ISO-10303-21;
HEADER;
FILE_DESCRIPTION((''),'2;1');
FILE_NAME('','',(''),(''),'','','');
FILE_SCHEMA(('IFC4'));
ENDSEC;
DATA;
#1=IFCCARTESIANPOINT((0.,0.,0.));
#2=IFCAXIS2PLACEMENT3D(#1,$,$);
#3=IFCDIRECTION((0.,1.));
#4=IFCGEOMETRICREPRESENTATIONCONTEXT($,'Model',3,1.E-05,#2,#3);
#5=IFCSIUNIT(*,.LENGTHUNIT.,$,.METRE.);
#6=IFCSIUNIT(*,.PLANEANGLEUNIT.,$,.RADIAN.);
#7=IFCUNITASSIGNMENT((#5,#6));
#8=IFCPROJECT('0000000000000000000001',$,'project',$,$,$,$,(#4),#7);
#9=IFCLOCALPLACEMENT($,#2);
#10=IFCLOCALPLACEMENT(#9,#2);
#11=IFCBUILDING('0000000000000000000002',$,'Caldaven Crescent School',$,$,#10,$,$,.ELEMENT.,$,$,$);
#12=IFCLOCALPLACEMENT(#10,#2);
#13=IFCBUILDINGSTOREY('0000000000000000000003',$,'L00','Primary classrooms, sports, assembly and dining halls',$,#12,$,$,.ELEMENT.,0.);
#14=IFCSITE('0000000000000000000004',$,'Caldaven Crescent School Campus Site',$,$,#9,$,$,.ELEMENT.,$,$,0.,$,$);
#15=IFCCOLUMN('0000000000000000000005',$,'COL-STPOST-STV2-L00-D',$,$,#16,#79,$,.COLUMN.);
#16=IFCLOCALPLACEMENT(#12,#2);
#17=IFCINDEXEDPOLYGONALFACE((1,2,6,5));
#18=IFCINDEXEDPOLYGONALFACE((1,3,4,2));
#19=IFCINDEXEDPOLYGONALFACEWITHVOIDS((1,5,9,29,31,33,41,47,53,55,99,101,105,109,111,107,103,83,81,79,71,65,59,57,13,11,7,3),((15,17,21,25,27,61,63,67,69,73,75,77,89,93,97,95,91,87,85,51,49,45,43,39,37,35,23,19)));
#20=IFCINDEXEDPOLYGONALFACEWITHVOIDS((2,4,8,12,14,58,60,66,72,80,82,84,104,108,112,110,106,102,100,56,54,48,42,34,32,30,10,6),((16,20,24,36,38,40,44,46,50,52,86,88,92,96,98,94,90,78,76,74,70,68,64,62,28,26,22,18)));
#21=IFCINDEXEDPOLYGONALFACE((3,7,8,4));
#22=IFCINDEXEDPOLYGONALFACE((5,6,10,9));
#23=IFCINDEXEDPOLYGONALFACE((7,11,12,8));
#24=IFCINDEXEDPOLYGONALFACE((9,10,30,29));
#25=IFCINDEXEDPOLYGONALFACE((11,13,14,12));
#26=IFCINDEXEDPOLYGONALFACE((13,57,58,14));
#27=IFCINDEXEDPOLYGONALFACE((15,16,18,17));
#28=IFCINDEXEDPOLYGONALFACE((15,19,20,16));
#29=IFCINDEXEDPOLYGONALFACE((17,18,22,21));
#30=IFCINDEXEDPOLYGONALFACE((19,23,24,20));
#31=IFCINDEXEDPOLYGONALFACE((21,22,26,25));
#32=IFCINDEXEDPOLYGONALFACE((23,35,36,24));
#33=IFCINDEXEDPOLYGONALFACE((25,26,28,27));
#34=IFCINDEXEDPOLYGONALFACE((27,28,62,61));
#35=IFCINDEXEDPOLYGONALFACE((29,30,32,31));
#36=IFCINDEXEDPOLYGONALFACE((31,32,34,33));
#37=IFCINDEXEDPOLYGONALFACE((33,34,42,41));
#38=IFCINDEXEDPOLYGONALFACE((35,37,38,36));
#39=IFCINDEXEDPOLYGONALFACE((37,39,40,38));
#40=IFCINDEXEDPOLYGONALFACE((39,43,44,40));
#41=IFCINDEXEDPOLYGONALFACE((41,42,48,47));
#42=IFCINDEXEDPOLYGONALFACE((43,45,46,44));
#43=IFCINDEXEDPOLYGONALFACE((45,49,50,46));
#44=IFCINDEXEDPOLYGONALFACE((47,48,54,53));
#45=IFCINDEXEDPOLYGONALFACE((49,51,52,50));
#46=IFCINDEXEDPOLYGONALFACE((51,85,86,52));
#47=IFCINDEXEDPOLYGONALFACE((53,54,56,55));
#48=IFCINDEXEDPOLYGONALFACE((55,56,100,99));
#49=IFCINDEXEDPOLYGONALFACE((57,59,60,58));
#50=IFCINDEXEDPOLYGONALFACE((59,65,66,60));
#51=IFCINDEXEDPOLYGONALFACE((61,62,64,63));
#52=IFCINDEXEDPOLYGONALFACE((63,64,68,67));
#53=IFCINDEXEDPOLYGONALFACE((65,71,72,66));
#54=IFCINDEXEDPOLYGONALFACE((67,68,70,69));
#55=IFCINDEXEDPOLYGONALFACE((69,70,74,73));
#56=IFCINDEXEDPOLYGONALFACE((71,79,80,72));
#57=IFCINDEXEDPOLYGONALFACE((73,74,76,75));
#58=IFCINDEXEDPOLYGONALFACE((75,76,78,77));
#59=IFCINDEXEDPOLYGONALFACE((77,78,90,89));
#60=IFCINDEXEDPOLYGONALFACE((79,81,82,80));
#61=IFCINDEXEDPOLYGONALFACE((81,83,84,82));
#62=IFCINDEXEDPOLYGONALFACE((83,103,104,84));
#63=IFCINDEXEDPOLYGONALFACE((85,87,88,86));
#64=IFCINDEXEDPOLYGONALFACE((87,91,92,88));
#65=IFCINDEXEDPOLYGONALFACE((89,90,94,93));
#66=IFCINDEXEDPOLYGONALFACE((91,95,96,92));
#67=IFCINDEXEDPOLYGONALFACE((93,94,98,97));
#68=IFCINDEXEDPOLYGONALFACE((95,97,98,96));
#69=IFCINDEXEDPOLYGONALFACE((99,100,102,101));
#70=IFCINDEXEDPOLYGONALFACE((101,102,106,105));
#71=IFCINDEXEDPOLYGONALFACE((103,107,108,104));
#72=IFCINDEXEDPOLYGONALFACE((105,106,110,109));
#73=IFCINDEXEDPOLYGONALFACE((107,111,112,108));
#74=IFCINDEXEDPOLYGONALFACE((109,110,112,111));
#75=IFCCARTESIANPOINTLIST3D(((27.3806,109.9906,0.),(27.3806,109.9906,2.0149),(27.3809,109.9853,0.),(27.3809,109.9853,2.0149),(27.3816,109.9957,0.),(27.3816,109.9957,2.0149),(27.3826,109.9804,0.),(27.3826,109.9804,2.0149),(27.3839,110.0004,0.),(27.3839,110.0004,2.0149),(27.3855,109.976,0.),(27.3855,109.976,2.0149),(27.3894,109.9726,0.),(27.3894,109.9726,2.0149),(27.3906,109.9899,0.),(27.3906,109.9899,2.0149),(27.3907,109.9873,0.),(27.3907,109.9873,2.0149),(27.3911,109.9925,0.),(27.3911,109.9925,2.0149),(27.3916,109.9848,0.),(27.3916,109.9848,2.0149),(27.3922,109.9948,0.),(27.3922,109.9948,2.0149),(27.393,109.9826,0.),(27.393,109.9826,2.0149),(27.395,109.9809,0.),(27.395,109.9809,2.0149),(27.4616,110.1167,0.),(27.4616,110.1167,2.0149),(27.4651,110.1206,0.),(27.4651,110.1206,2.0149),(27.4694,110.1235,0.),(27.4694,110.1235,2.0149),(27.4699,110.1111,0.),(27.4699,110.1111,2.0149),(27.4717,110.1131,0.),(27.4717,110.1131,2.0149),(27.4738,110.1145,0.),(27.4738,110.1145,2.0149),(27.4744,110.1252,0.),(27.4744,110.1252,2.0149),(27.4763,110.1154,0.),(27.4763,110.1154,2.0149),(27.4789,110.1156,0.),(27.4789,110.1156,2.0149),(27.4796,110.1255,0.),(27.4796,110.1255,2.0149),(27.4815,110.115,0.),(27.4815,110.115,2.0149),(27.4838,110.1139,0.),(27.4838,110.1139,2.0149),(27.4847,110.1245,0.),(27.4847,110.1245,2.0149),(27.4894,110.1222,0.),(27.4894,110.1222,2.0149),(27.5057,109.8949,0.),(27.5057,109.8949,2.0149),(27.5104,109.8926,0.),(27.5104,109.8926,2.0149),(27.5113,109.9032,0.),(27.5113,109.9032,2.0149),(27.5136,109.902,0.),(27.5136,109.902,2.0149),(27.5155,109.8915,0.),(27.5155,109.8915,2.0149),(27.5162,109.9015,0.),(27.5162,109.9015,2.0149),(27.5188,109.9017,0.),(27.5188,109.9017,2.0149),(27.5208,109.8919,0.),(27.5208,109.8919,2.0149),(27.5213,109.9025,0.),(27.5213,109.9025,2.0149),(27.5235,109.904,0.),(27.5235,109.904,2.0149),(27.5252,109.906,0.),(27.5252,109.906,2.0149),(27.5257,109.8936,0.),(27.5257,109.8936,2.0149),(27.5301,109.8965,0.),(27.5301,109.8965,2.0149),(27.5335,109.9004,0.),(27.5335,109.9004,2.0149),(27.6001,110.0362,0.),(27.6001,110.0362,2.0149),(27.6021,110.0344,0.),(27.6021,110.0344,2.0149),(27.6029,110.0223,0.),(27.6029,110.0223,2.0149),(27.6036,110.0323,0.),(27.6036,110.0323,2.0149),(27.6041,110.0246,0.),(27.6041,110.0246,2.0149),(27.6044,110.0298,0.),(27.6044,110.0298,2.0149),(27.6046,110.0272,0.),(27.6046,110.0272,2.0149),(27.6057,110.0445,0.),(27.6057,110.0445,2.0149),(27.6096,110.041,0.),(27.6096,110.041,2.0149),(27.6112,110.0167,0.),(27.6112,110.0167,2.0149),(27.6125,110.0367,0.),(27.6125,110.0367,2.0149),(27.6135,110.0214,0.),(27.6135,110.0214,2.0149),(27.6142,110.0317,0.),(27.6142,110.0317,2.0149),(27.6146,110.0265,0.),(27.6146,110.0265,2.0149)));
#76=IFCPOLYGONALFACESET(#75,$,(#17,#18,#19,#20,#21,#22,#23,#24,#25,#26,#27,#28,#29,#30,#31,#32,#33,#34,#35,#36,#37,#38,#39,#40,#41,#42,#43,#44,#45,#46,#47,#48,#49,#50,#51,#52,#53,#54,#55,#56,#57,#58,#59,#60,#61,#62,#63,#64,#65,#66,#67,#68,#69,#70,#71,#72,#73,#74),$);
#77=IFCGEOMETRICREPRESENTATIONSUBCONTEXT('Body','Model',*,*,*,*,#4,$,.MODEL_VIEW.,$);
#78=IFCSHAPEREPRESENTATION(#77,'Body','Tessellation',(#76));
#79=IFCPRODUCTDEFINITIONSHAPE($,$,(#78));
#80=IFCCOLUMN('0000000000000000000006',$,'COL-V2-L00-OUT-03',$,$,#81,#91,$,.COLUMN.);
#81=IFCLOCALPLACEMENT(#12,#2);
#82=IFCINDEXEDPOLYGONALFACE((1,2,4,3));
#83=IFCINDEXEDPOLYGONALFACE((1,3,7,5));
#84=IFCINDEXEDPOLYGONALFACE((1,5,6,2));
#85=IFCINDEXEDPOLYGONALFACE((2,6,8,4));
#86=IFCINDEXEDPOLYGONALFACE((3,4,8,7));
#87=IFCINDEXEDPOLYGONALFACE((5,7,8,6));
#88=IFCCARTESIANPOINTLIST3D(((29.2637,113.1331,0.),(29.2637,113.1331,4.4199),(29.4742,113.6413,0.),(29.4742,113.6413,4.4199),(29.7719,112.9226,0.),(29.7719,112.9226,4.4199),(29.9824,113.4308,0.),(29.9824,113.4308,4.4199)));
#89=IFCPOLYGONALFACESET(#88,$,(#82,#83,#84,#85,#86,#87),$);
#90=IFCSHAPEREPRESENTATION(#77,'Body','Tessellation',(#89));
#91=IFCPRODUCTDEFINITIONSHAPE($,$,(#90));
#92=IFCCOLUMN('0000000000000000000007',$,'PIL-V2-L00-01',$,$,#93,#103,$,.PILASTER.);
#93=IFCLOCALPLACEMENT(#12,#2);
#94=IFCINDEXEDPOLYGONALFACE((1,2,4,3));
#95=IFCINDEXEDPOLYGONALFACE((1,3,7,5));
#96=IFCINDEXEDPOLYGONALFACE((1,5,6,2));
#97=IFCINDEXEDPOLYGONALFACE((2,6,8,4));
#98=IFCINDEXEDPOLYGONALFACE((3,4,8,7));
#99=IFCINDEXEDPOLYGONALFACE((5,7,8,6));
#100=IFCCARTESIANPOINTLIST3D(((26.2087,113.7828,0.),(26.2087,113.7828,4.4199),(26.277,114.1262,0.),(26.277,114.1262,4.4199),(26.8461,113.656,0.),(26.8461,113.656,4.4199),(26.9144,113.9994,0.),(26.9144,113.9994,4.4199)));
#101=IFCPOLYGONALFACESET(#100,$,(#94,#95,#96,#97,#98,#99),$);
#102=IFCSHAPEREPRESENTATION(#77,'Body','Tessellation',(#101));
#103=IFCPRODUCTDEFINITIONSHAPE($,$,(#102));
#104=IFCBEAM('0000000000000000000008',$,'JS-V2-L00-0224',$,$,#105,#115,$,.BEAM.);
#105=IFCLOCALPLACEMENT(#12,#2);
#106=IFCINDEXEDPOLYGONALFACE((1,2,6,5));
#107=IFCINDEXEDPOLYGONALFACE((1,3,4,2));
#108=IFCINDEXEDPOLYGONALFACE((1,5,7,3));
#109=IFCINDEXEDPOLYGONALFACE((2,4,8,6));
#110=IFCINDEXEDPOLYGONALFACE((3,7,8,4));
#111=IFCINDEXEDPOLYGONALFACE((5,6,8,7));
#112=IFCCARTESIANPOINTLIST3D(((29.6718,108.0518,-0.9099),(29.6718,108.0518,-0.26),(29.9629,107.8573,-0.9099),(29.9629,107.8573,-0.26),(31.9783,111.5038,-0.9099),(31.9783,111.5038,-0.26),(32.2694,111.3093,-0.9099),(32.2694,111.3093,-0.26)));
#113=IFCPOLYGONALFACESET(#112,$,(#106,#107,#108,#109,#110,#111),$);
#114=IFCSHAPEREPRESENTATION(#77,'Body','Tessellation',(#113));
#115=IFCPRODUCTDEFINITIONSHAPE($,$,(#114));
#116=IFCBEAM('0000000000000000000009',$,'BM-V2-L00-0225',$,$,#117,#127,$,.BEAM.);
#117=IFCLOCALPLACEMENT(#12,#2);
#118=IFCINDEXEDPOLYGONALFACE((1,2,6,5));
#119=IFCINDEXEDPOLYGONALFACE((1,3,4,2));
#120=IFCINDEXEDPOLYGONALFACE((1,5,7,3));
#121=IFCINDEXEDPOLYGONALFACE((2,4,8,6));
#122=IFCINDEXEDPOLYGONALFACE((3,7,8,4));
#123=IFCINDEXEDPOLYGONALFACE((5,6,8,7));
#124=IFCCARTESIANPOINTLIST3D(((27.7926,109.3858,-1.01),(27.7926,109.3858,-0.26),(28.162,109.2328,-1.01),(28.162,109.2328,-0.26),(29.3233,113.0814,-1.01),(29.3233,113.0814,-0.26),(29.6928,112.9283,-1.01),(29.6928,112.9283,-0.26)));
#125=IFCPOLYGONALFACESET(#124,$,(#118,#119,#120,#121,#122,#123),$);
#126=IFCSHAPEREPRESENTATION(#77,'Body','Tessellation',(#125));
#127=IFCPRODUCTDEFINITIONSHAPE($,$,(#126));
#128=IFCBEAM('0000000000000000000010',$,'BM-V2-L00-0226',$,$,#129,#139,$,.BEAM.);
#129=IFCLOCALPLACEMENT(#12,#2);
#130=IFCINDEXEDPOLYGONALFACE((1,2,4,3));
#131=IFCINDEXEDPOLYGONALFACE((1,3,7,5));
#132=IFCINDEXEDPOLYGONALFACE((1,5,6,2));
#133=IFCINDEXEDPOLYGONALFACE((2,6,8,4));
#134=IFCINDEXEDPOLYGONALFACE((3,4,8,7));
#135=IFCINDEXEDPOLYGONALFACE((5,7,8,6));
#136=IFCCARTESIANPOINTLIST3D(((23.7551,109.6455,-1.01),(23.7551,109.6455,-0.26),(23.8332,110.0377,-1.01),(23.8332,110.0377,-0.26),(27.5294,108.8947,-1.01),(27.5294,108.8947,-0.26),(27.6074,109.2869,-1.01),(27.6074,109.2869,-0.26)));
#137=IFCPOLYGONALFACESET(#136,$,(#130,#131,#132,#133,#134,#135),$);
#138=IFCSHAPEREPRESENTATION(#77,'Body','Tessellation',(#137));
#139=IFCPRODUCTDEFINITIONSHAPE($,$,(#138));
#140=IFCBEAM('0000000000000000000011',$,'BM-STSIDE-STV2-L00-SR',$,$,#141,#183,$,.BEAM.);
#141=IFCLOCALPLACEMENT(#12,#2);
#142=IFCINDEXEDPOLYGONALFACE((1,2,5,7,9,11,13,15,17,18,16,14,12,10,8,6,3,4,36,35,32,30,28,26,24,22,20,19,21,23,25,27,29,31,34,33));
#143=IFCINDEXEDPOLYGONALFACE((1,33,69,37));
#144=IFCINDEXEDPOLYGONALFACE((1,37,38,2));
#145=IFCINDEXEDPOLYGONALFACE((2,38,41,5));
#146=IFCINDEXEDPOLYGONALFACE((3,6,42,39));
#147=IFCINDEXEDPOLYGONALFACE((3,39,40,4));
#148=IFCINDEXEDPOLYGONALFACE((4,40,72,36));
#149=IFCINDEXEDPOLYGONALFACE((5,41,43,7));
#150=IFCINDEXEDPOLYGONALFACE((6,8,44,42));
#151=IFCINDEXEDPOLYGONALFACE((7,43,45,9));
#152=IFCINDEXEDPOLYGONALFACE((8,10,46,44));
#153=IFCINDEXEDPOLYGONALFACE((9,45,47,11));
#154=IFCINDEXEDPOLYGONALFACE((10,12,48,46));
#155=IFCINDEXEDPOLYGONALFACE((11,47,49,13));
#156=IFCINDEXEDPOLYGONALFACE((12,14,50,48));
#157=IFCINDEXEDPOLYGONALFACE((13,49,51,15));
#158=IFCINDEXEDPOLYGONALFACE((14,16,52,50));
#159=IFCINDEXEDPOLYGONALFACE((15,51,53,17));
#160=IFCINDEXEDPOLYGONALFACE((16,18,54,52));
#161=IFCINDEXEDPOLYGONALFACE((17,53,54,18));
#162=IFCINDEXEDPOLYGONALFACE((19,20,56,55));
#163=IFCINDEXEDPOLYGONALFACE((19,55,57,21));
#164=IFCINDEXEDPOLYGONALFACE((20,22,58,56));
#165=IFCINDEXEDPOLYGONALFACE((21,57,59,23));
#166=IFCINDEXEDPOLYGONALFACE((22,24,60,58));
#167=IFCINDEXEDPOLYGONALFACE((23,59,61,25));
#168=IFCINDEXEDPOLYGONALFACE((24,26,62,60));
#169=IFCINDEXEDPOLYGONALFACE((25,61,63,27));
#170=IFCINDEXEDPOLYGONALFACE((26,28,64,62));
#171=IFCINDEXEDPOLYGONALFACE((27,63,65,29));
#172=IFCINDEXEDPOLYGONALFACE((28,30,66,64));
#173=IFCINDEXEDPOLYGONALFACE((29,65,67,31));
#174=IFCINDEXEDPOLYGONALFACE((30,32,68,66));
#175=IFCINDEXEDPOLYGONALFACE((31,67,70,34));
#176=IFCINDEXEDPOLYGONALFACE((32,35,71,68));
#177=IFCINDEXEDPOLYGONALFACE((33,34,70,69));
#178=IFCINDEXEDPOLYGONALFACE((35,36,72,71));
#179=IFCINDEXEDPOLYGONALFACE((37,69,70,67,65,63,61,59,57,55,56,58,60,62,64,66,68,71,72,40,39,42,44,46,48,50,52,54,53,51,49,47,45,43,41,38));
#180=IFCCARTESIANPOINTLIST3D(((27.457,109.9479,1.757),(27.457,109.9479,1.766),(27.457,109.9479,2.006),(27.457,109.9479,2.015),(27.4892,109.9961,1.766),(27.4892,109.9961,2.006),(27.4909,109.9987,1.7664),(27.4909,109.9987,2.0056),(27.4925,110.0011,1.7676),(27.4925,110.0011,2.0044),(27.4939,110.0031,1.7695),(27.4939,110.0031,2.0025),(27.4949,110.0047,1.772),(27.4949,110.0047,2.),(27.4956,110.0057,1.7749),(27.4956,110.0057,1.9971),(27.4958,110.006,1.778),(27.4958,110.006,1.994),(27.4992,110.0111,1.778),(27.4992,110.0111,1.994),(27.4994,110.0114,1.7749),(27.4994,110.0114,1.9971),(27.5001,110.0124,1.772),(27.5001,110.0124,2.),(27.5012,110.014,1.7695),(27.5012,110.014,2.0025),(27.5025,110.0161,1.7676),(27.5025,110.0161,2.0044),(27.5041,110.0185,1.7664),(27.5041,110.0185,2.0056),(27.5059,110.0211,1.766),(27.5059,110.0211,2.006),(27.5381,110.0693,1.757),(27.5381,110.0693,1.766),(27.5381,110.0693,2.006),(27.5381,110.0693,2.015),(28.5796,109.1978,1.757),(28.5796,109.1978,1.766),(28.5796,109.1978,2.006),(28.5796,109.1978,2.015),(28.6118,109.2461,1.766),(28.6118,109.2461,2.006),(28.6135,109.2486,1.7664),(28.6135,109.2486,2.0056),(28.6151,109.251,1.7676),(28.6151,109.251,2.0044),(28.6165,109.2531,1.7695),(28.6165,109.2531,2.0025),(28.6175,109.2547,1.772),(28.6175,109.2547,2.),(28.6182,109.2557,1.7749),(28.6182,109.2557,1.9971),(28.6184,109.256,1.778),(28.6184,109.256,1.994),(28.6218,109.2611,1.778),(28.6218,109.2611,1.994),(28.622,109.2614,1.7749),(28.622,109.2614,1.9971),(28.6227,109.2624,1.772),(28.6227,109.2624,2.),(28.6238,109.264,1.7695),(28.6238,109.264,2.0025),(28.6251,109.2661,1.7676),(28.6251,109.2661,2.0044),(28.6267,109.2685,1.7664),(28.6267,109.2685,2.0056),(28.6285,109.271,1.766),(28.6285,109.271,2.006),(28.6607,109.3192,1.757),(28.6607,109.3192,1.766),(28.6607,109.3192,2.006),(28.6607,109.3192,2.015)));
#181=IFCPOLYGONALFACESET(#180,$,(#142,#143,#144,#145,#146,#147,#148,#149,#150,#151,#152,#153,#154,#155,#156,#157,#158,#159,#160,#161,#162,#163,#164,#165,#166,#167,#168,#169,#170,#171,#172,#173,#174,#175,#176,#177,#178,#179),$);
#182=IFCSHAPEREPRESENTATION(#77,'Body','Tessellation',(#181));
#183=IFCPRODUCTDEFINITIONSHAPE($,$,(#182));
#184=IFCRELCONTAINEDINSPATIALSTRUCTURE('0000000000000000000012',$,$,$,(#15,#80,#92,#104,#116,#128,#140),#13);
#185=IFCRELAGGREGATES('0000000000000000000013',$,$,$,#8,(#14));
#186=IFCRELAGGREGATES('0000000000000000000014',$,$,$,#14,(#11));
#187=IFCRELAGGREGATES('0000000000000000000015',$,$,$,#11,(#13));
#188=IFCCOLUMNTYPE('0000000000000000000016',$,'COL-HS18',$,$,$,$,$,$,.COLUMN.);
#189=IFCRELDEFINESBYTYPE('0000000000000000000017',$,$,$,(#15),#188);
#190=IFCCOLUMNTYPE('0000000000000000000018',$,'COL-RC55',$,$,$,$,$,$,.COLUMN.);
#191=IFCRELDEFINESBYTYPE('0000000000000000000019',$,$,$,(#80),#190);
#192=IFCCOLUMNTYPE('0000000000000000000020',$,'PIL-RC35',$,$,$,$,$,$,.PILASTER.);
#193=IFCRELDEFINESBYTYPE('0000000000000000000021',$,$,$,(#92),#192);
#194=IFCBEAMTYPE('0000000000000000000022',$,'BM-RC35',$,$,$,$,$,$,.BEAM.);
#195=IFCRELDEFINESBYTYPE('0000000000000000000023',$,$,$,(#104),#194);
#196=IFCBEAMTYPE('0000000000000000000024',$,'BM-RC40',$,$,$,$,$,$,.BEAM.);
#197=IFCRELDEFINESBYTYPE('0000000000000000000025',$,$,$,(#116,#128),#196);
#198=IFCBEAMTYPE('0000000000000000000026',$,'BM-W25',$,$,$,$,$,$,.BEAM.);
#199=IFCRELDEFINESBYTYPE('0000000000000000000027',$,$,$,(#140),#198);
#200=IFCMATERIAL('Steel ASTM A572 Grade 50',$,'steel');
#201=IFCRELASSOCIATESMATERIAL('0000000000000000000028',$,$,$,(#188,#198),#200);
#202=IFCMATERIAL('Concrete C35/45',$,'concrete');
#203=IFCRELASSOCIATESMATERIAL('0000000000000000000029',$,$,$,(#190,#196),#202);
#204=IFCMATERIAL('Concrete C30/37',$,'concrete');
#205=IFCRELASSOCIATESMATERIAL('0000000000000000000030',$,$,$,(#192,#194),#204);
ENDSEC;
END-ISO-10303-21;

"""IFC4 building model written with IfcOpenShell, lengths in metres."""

from ifc_helpers import new_model, si_unit, direction, frame, origin, origin_2d, place, context, subcontext, project, spatial, rectangle, hollow_rectangle, i_section, extrude, material, material_profile, profile_set, type_object, element, save


model = new_model("IFC4")

# Units and contexts
model_context = context("Model", 3, precision=1e-05, world=origin(), true_north=direction((0.0, 1.0)))
body_context = subcontext(model_context, "Body", "Model", "MODEL_VIEW")
ifc_project = project(units=[si_unit("LENGTHUNIT", "METRE"), si_unit("PLANEANGLEUNIT", "RADIAN")], contexts=[model_context])

# Site, building, storey
site_placement = place(None, origin())
site = spatial("IfcSite", under=ifc_project, at=site_placement, Name="Caldaven Crescent School Campus Site", CompositionType="ELEMENT", RefElevation=0.0)
building_placement = place(site_placement, origin())
building = spatial("IfcBuilding", under=site, at=building_placement, Name="Caldaven Crescent School", CompositionType="ELEMENT")
storey_placement = place(building_placement, origin())
storey = spatial("IfcBuildingStorey", under=building, at=storey_placement, Name="L00", Description="Primary classrooms, sports, assembly and dining halls", CompositionType="ELEMENT", Elevation=0.0)

# Columns
ifc_material_1 = material(Name="Steel ASTM A572 Grade 50", Category="steel")
ifc_material_profile_1 = material_profile(ifc_material_1, hollow_rectangle(XDim=0.1799, YDim=0.1799, WallThickness=0.01, InnerFilletRadius=0.01, OuterFilletRadius=0.02, at=origin_2d()), Name="HSS 180x180x10")
ifc_profile_set_1 = profile_set([ifc_material_profile_1], Name="Steel ASTM A572 Grade 50")
column_type_1 = type_object("IfcColumnType", Name="COL-HS18", PredefinedType="COLUMN", material=ifc_profile_set_1)
for number, where, z_axis, x_axis, name in (
    (1, (27.4976, 110.0085, 0.0), (0.0, 0.0, 1.0), (-0.83147, 0.55557, 0.0), "COL-STPOST-STV2-L00-D"),
):
    element("IfcColumn", number, at=place(storey_placement, frame(where, z_axis=z_axis, x_axis=x_axis)), inside=storey, type_object=column_type_1, Name=name, PredefinedType="COLUMN", context=body_context, shape_type="SweptSolid", body=[
        extrude(hollow_rectangle(XDim=0.1799, YDim=0.1799, WallThickness=0.01, InnerFilletRadius=0.01, OuterFilletRadius=0.02, at=origin_2d()), origin(), (0.0, 0.0, 1.0), 2.0149),
    ])
ifc_material_2 = material(Name="Concrete C35/45", Category="concrete")
ifc_material_profile_2 = material_profile(ifc_material_2, rectangle(XDim=0.55, YDim=0.55, at=origin_2d()), Name="RC 550x550")
ifc_profile_set_2 = profile_set([ifc_material_profile_2], Name="Concrete C35/45")
column_type_2 = type_object("IfcColumnType", Name="COL-RC55", PredefinedType="COLUMN", material=ifc_profile_set_2)
column_1_placement = place(storey_placement, frame((29.623, 113.282, 0.0), z_axis=(0.0, 0.0, 1.0), x_axis=(0.382683, 0.92388, 0.0)))
element("IfcColumn", 2, at=column_1_placement, inside=storey, type_object=column_type_2, Name="COL-V2-L00-OUT-03", PredefinedType="COLUMN", context=body_context, shape_type="SweptSolid", body=[
    extrude(rectangle(XDim=0.55, YDim=0.55, at=origin_2d()), origin(), (0.0, 0.0, 1.0), 4.4199),
])
ifc_material_3 = material(Name="Concrete C30/37", Category="concrete")
ifc_material_profile_3 = material_profile(ifc_material_3, rectangle(XDim=0.3501, YDim=0.6499, at=origin_2d()), Name="RC 350x650")
ifc_profile_set_3 = profile_set([ifc_material_profile_3], Name="Concrete C30/37")
column_type_3 = type_object("IfcColumnType", Name="PIL-RC35", PredefinedType="PILASTER", material=ifc_profile_set_3)
column_2_placement = place(storey_placement, frame((26.5615, 113.8911, 0.0), z_axis=(0.0, 0.0, 1.0), x_axis=(0.19509, 0.980785, 0.0)))
element("IfcColumn", 3, at=column_2_placement, inside=storey, type_object=column_type_3, Name="PIL-V2-L00-01", PredefinedType="PILASTER", context=body_context, shape_type="SweptSolid", body=[
    extrude(rectangle(XDim=0.3501, YDim=0.6499, at=origin_2d()), origin(), (0.0, 0.0, 1.0), 4.4199),
])

# Beams
ifc_material_profile_4 = material_profile(ifc_material_3, rectangle(XDim=0.3501, YDim=0.6499, at=origin_2d()), Name="RC 350x650")
ifc_profile_set_4 = profile_set([ifc_material_profile_4], Name="Concrete C30/37")
beam_type_1 = type_object("IfcBeamType", Name="BM-RC35", PredefinedType="BEAM", material=ifc_profile_set_4)
beam_1_placement = place(storey_placement, frame((29.8174, 107.9546, -0.585), z_axis=(0.555555, 0.83148, 0.0), x_axis=(-0.83148, 0.555555, 0.0)))
element("IfcBeam", 4, at=beam_1_placement, inside=storey, type_object=beam_type_1, Name="JS-V2-L00-0224", PredefinedType="BEAM", context=body_context, shape_type="SweptSolid", body=[
    extrude(rectangle(XDim=0.3501, YDim=0.6499, at=origin_2d()), origin(), (0.0, 0.0, 1.0), 4.1516),
])
ifc_material_profile_5 = material_profile(ifc_material_2, rectangle(XDim=0.3999, YDim=0.75, at=origin_2d()), Name="RC 400x750")
ifc_profile_set_5 = profile_set([ifc_material_profile_5], Name="Concrete C35/45")
beam_type_2 = type_object("IfcBeamType", Name="BM-RC40", PredefinedType="BEAM", material=ifc_profile_set_5)
beam_2_placement = place(storey_placement, frame((27.9773, 109.3093, -0.635), z_axis=(0.382686, 0.923878, 0.0), x_axis=(-0.923878, 0.382686, 0.0)))
element("IfcBeam", 5, at=beam_2_placement, inside=storey, type_object=beam_type_2, Name="BM-V2-L00-0225", PredefinedType="BEAM", context=body_context, shape_type="SweptSolid", body=[
    extrude(rectangle(XDim=0.3999, YDim=0.75, at=origin_2d()), origin(), (0.0, 0.0, 1.0), 4.0),
])
beam_3_placement = place(storey_placement, frame((27.5684, 109.0908, -0.635), z_axis=(-0.980785, 0.195091, 0.0), x_axis=(-0.195091, -0.980785, 0.0)))
element("IfcBeam", 6, at=beam_3_placement, inside=storey, type_object=beam_type_2, Name="BM-V2-L00-0226", PredefinedType="BEAM", context=body_context, shape_type="SweptSolid", body=[
    extrude(rectangle(XDim=0.3999, YDim=0.75, at=origin_2d()), origin(), (0.0, 0.0, 1.0), 3.8481),
])
ifc_material_profile_6 = material_profile(ifc_material_1, i_section(OverallWidth=0.146, OverallDepth=0.2581, WebThickness=0.0061, FlangeThickness=0.009, FilletRadius=0.012, at=origin_2d()), Name="W250x33")
ifc_profile_set_6 = profile_set([ifc_material_profile_6], Name="Steel ASTM A572 Grade 50")
beam_type_3 = type_object("IfcBeamType", Name="BM-W25", PredefinedType="BEAM", material=ifc_profile_set_6)
beam_4_placement = place(storey_placement, frame((28.6201, 109.2585, 1.886), z_axis=(-0.831493, 0.555535, 0.0), x_axis=(-0.555535, -0.831493, 0.0)))
element("IfcBeam", 7, at=beam_4_placement, inside=storey, type_object=beam_type_3, Name="BM-STSIDE-STV2-L00-SR", PredefinedType="BEAM", context=body_context, shape_type="SweptSolid", body=[
    extrude(i_section(OverallWidth=0.146, OverallDepth=0.2581, WebThickness=0.0061, FlangeThickness=0.009, FilletRadius=0.012, at=origin_2d()), origin(), (0.0, 0.0, 1.0), 1.3501),
])

save(model, "model.ifc")
